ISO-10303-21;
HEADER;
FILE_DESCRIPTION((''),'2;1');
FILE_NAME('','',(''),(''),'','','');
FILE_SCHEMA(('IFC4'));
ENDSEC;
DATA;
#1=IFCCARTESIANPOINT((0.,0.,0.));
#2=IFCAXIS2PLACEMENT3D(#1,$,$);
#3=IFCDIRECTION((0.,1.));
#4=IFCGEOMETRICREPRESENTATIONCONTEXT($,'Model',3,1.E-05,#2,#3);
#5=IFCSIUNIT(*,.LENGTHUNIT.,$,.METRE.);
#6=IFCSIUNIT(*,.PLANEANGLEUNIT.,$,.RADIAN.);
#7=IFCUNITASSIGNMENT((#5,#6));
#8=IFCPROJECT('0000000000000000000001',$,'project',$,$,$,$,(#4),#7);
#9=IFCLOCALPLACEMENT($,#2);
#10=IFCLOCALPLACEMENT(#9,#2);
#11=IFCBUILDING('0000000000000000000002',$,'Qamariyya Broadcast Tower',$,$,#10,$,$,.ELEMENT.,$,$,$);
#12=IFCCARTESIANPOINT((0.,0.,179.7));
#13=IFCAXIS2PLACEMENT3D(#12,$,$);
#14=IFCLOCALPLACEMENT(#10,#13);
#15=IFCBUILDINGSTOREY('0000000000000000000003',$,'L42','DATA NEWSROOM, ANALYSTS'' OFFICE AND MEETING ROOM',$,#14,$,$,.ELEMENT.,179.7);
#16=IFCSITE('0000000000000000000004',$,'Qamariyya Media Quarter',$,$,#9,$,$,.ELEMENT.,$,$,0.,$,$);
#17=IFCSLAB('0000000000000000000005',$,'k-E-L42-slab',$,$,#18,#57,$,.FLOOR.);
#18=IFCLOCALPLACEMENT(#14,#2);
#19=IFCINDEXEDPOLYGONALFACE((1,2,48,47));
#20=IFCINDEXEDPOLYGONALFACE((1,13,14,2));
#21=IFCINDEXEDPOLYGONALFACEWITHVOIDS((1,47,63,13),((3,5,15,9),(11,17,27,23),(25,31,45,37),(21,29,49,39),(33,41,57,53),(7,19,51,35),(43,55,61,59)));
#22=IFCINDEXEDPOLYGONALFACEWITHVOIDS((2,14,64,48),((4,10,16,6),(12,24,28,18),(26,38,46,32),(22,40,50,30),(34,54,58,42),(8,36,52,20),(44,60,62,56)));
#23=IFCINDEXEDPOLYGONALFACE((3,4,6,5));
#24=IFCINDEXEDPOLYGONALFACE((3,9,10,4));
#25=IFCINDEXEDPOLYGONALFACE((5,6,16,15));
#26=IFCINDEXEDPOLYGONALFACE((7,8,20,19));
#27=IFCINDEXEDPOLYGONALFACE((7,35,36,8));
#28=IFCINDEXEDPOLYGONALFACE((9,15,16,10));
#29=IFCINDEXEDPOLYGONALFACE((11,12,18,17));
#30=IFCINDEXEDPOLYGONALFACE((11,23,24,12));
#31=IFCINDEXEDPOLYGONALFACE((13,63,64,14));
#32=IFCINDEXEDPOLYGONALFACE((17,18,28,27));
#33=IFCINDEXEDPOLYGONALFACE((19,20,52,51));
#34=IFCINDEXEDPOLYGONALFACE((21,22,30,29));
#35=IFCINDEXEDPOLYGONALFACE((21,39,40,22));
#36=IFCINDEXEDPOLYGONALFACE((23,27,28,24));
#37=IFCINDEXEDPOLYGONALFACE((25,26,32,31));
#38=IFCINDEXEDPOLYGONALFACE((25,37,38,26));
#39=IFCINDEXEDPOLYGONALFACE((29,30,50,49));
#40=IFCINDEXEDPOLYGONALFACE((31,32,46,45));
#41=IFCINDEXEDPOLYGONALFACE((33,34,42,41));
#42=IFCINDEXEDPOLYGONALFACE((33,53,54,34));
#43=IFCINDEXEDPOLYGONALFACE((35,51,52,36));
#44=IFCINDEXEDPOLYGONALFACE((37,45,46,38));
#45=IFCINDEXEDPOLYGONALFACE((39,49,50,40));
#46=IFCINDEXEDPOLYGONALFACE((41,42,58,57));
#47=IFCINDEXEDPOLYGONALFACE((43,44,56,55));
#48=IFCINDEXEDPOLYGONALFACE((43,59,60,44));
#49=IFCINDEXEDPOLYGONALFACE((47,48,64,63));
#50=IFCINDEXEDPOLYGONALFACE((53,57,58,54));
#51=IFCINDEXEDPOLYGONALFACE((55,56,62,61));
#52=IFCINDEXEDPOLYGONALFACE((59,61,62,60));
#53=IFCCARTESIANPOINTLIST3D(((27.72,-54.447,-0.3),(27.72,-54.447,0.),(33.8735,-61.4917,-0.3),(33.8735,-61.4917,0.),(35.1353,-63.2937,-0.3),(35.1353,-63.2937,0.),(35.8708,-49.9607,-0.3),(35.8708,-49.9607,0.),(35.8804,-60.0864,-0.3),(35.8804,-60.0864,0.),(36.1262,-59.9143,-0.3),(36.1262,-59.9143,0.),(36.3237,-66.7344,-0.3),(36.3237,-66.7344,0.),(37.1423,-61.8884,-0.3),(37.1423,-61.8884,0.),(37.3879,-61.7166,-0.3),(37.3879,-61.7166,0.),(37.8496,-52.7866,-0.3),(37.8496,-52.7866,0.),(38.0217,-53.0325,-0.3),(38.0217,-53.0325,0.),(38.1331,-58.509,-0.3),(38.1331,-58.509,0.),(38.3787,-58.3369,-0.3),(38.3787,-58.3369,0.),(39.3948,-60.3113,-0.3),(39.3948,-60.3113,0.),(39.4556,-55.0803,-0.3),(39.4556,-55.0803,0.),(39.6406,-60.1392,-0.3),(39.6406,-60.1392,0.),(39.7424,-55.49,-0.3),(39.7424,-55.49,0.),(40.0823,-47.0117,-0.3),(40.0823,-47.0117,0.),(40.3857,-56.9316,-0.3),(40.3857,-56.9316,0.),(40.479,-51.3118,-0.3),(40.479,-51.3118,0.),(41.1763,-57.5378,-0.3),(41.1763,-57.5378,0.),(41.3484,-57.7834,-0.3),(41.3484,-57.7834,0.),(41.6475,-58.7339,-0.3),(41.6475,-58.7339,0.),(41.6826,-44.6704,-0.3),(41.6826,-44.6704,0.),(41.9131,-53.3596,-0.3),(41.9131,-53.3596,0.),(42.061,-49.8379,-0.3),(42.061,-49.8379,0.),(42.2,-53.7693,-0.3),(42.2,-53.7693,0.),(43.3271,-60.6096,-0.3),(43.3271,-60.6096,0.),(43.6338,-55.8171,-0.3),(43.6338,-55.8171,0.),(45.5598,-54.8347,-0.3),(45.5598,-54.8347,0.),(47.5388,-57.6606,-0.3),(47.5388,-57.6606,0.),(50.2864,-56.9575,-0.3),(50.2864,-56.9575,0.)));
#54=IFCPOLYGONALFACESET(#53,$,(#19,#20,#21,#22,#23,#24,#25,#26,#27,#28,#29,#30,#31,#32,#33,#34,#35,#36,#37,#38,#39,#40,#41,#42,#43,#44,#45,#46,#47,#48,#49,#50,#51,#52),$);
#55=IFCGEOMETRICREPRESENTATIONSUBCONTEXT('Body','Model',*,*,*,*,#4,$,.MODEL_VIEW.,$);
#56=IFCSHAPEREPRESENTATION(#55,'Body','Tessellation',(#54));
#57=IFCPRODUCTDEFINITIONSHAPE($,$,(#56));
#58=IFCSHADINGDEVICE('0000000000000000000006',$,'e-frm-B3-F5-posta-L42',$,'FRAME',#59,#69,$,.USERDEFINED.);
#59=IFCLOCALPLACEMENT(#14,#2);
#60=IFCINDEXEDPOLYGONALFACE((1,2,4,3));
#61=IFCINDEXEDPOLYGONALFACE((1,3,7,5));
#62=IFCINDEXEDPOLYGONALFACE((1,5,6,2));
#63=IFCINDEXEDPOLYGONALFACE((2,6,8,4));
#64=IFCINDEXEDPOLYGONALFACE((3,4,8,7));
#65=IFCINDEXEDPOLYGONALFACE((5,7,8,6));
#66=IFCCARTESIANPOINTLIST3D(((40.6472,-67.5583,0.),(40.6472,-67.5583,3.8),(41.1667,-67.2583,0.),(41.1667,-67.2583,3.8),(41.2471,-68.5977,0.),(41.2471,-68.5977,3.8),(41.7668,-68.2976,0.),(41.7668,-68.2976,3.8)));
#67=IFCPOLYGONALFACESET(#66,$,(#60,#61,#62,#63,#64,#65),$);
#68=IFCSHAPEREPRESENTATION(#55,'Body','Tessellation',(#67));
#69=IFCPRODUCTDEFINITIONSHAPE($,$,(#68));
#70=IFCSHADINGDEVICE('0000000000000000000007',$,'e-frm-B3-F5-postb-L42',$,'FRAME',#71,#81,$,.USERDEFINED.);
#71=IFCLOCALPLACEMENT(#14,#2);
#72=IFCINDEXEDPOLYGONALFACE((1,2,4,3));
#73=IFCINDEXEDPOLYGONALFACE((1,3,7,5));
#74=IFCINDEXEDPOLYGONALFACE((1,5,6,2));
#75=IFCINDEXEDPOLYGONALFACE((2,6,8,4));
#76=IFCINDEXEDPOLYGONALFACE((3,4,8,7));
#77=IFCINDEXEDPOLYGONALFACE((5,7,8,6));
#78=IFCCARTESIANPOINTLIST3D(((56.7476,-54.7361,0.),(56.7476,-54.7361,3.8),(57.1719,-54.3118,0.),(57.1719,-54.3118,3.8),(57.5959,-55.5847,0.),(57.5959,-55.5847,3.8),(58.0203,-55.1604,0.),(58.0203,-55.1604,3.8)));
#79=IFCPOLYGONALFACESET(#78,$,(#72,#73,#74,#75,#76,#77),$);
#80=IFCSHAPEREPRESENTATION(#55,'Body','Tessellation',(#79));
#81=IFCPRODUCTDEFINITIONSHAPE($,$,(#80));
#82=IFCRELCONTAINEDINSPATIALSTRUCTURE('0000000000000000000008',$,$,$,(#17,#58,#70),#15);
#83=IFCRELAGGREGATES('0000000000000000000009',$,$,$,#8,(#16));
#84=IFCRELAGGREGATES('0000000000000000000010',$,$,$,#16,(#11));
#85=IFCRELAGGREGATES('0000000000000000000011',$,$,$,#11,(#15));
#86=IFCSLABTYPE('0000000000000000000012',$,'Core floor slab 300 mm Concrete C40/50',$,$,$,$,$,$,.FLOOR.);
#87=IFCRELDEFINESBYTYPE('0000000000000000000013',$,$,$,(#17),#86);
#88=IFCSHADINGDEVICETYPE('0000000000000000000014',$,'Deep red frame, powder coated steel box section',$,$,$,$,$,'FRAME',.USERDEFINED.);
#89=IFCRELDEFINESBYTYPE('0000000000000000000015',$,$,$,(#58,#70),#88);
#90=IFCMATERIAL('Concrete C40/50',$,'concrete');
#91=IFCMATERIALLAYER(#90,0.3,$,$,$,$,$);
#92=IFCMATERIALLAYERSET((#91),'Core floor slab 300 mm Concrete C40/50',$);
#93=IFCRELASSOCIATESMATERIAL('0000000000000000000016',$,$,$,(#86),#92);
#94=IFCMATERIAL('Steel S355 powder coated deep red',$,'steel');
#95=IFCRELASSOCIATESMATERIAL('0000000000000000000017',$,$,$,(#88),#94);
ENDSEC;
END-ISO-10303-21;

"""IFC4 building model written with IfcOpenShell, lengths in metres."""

from ifc_helpers import new_model, si_unit, direction, frame, origin, place, context, subcontext, project, spatial, polyline, outline, extrude, material, layer, layer_set, type_object, element, save


model = new_model("IFC4")

# Units and contexts
model_context = context("Model", 3, precision=1e-05, world=origin(), true_north=direction((0.0, 1.0)))
body_context = subcontext(model_context, "Body", "Model", "MODEL_VIEW")
ifc_project = project(units=[si_unit("LENGTHUNIT", "METRE"), si_unit("PLANEANGLEUNIT", "RADIAN")], contexts=[model_context])

# Site, building, storey
site_placement = place(None, origin())
building_placement = place(site_placement, origin())
storey_placement = place(building_placement, frame((0.0, 0.0, 179.7)))
site = spatial("IfcSite", under=ifc_project, at=site_placement, Name="Qamariyya Media Quarter", CompositionType="ELEMENT", RefElevation=0.0)
building = spatial("IfcBuilding", under=site, at=building_placement, Name="Qamariyya Broadcast Tower", CompositionType="ELEMENT")
storey = spatial("IfcBuildingStorey", under=building, at=storey_placement, Name="L42", Description="DATA NEWSROOM, ANALYSTS' OFFICE AND MEETING ROOM", CompositionType="ELEMENT", Elevation=179.7)

# Slab
ifc_material_1 = material(Name="Concrete C40/50", Category="concrete")
ifc_layer = layer(ifc_material_1, 0.3)
ifc_layer_set = layer_set([ifc_layer], Name="Core floor slab 300 mm Concrete C40/50")
slab_type = type_object("IfcSlabType", Name="Core floor slab 300 mm Concrete C40/50", PredefinedType="FLOOR", material=ifc_layer_set)
slab_1_placement = place(storey_placement, frame((0.0, 0.0, -0.3)))
element("IfcSlab", 1, at=slab_1_placement, inside=storey, type_object=slab_type, Name="k-E-L42-slab", PredefinedType="FLOOR", context=body_context, shape_type="SweptSolid", body=[
    extrude(outline(polyline([(36.3237, -66.7344), (50.2864, -56.9575), (41.6826, -44.6704), (27.72, -54.447), (36.3237, -66.7344)]), holes=[polyline([(33.8735, -61.4917), (35.8804, -60.0864), (37.1423, -61.8884), (35.1353, -63.2937), (33.8735, -61.4917)]), polyline([(36.1262, -59.9143), (38.1331, -58.509), (39.3948, -60.3113), (37.3879, -61.7166), (36.1262, -59.9143)]), polyline([(38.3787, -58.3369), (40.3857, -56.9316), (41.6475, -58.7339), (39.6406, -60.1392), (38.3787, -58.3369)]), polyline([(39.7424, -55.49), (42.2, -53.7693), (43.6338, -55.8171), (41.1763, -57.5378), (39.7424, -55.49)]), polyline([(39.4556, -55.0803), (41.9131, -53.3596), (40.479, -51.3118), (38.0217, -53.0325), (39.4556, -55.0803)]), polyline([(40.0823, -47.0117), (35.8708, -49.9607), (37.8496, -52.7866), (42.061, -49.8379), (40.0823, -47.0117)]), polyline([(45.5598, -54.8347), (41.3484, -57.7834), (43.3271, -60.6096), (47.5388, -57.6606), (45.5598, -54.8347)])]), origin(), (0.0, 0.0, 1.0), 0.3),
])

# Shading devices
ifc_material_2 = material(Name="Steel S355 powder coated deep red", Category="steel")
shading_device_type = type_object("IfcShadingDeviceType", Name="Deep red frame, powder coated steel box section", ElementType="FRAME", PredefinedType="USERDEFINED", material=ifc_material_2)
shading_device_1_placement = place(storey_placement, origin())
element("IfcShadingDevice", 2, at=shading_device_1_placement, inside=storey, type_object=shading_device_type, Name="e-frm-B3-F5-posta-L42", ObjectType="FRAME", PredefinedType="USERDEFINED", context=body_context, shape_type="SweptSolid", body=[
    extrude(outline(polyline([(40.6472, -67.5583), (41.2471, -68.5977), (41.7668, -68.2976), (41.1667, -67.2583), (40.6472, -67.5583)])), origin(), (0.0, 0.0, 1.0), 3.8),
])
shading_device_2_placement = place(storey_placement, origin())
element("IfcShadingDevice", 3, at=shading_device_2_placement, inside=storey, type_object=shading_device_type, Name="e-frm-B3-F5-postb-L42", ObjectType="FRAME", PredefinedType="USERDEFINED", context=body_context, shape_type="SweptSolid", body=[
    extrude(outline(polyline([(56.7476, -54.7361), (57.5959, -55.5847), (58.0203, -55.1604), (57.1719, -54.3118), (56.7476, -54.7361)])), origin(), (0.0, 0.0, 1.0), 3.8),
])

save(model, "model.ifc")
